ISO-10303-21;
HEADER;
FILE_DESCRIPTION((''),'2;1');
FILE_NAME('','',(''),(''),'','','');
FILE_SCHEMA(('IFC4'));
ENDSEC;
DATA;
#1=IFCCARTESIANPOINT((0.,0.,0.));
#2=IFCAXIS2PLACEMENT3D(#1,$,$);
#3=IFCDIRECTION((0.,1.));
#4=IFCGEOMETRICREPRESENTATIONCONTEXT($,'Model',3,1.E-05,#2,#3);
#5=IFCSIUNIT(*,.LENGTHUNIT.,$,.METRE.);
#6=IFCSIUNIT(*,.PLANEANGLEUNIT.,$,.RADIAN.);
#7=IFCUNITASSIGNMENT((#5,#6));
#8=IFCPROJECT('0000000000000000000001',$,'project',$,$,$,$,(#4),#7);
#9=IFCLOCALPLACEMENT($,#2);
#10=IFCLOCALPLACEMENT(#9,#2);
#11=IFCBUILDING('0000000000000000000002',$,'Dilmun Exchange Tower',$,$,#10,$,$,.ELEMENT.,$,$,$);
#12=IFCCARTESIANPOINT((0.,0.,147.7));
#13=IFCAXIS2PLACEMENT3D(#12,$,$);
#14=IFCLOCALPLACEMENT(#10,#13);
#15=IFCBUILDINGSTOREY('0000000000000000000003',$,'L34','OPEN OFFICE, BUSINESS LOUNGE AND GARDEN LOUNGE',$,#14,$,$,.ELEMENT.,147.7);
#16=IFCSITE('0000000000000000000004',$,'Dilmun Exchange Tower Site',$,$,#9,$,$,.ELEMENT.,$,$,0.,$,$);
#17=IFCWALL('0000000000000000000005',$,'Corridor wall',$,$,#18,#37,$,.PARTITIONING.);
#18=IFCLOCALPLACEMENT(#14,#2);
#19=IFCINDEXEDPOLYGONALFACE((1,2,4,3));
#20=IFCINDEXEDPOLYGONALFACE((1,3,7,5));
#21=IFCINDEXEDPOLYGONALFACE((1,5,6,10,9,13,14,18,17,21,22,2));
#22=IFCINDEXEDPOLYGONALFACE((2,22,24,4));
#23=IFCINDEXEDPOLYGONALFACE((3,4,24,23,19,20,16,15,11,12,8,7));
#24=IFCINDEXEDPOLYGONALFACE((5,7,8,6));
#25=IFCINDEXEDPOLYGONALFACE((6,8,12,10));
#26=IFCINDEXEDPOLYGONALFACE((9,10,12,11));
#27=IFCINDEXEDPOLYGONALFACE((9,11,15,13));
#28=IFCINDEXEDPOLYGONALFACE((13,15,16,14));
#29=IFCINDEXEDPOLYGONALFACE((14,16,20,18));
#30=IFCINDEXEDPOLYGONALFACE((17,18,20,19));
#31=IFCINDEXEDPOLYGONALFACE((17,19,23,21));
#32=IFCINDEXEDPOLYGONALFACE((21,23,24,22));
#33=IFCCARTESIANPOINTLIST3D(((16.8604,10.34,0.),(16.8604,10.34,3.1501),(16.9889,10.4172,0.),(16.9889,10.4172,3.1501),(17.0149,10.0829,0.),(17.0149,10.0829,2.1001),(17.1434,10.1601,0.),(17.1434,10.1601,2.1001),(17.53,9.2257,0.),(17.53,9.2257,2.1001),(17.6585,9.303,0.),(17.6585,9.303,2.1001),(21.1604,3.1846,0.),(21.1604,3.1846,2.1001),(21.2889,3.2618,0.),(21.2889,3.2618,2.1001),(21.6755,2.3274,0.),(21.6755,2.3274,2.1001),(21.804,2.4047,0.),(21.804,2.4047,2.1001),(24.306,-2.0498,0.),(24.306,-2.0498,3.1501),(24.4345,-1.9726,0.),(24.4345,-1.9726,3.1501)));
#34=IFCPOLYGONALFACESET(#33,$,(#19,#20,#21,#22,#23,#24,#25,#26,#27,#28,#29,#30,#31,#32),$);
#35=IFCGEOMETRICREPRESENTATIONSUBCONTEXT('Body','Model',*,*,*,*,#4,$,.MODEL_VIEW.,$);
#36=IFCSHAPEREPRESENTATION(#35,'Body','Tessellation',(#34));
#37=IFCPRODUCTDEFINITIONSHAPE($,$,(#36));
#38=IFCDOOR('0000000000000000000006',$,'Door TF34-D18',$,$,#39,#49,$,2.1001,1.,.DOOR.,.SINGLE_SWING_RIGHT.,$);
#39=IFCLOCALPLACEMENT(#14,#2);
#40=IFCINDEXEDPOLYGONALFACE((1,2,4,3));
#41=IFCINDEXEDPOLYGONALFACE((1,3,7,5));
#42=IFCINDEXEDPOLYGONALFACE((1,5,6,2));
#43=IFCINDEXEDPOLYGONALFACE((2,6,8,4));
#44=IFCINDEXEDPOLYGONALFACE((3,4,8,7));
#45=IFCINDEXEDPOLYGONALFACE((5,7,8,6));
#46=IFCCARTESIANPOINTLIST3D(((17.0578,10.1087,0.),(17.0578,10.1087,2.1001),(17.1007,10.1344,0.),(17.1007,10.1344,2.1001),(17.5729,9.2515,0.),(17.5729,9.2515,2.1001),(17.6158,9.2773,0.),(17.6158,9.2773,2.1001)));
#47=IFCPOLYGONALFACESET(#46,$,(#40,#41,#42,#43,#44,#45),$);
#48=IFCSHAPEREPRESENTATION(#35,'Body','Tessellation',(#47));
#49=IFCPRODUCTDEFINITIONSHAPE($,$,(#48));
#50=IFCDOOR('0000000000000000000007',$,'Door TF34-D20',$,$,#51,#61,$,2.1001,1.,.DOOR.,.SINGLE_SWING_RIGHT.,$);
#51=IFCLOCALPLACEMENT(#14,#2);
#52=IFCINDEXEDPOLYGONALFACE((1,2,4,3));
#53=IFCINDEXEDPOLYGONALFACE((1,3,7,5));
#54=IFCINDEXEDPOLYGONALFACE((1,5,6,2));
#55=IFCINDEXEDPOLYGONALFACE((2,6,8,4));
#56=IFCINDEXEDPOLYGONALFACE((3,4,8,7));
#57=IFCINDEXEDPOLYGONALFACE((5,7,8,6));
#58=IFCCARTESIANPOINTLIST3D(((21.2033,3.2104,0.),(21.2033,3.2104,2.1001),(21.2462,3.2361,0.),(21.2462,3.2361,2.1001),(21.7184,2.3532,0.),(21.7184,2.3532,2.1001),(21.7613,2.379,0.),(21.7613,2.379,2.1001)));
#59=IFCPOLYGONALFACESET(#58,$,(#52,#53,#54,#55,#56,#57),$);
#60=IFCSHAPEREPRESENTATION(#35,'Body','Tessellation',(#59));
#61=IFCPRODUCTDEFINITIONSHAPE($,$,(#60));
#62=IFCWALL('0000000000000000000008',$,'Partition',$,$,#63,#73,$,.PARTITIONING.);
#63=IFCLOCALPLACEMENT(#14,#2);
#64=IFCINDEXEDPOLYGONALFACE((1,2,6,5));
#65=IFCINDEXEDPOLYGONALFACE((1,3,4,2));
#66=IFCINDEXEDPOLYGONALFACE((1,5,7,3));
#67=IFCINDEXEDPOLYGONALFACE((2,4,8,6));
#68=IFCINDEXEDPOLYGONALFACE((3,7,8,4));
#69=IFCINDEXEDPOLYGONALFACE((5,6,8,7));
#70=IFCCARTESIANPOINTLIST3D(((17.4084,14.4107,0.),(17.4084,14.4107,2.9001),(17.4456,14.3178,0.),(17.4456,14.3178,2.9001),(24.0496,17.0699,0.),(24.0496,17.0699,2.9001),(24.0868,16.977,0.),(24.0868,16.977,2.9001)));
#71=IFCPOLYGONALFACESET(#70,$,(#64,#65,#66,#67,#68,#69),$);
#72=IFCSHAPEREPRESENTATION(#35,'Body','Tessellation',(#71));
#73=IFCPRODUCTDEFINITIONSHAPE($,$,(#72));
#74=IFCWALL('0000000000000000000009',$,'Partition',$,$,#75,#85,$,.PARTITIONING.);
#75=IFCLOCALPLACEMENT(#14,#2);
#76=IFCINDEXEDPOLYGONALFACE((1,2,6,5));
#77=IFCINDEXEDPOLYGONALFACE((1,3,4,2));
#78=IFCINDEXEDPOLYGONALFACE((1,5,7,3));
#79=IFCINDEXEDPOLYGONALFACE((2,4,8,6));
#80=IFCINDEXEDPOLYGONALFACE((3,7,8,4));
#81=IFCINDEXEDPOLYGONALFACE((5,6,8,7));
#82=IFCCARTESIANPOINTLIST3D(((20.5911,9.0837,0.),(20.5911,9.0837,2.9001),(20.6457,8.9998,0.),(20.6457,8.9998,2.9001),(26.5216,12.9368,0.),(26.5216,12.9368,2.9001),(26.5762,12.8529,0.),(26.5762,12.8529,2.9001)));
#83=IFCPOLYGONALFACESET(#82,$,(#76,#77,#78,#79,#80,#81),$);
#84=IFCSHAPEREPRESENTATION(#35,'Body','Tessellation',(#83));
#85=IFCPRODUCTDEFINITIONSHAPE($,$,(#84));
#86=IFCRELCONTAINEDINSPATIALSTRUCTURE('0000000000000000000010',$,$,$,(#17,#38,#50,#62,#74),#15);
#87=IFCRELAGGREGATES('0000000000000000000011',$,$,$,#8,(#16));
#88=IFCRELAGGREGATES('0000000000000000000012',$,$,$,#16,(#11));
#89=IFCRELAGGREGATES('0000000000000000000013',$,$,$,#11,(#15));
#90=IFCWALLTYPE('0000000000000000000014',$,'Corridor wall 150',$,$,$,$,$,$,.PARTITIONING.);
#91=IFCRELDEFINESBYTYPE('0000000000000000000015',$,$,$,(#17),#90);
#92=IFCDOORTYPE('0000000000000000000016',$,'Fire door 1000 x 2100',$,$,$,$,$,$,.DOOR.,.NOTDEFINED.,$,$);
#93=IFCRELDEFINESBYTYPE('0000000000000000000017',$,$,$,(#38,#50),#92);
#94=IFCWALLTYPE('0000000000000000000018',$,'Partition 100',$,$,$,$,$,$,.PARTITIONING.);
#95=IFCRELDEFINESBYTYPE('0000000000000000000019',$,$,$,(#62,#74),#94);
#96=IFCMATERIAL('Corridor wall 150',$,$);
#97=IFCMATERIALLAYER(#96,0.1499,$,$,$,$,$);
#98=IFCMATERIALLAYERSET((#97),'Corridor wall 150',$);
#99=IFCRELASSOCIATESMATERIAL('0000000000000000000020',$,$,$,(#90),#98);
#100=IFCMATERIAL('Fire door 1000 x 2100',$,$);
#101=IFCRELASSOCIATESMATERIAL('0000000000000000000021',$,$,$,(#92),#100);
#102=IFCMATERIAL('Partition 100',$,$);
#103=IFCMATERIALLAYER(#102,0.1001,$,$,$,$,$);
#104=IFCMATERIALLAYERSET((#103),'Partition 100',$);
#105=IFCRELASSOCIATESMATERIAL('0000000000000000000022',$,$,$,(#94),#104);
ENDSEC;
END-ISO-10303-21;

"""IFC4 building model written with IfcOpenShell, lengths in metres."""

from ifc_helpers import new_model, si_unit, direction, frame, frame_2d, origin, place, context, subcontext, project, spatial, rectangle, extrude, material, layer, layer_set, type_object, element, fill, save


model = new_model("IFC4")

# Units and contexts
model_context = context("Model", 3, precision=1e-05, world=origin(), true_north=direction((0.0, 1.0)))
body_context = subcontext(model_context, "Body", "Model", "MODEL_VIEW")
ifc_project = project(units=[si_unit("LENGTHUNIT", "METRE"), si_unit("PLANEANGLEUNIT", "RADIAN")], contexts=[model_context])

# Site, building, storey
site_placement = place(None, origin())
site = spatial("IfcSite", under=ifc_project, at=site_placement, Name="Dilmun Exchange Tower Site", CompositionType="ELEMENT", RefElevation=0.0)
building_placement = place(site_placement, origin())
building = spatial("IfcBuilding", under=site, at=building_placement, Name="Dilmun Exchange Tower", CompositionType="ELEMENT")
storey_placement = place(building_placement, frame((0.0, 0.0, 147.7)))
storey = spatial("IfcBuildingStorey", under=building, at=storey_placement, Name="L34", Description="OPEN OFFICE, BUSINESS LOUNGE AND GARDEN LOUNGE", CompositionType="ELEMENT", Elevation=147.7)

# Shared definitions
ifc_material_1 = material(Name="Corridor wall 150")
ifc_layer_1 = layer(ifc_material_1, 0.1499)
ifc_layer_set_1 = layer_set([ifc_layer_1], Name="Corridor wall 150")
wall_type_1 = type_object("IfcWallType", Name="Corridor wall 150", PredefinedType="PARTITIONING", material=ifc_layer_set_1)

# Wall, openings, doors
wall_1_placement = place(storey_placement, frame((16.9246, 10.3787, 0.0), z_axis=(0.0, 0.0, 1.0), x_axis=(0.515094, -0.857134, 0.0)))
wall_1 = element("IfcWall", 1, at=wall_1_placement, inside=storey, type_object=wall_type_1, Name="Corridor wall", PredefinedType="PARTITIONING", context=body_context, shape_type="SweptSolid", body=[
    extrude(rectangle(XDim=14.4548, YDim=0.1499, at=frame_2d((7.2275, 0.0))), origin(), (0.0, 0.0, 1.0), 3.1501),
])
opening_1_placement = place(wall_1_placement, frame((0.3, 0.0, 0.0)))
opening_1 = element("IfcOpeningElement", 2, at=opening_1_placement, cuts=wall_1, PredefinedType="OPENING", context=body_context, shape_type="SweptSolid", body=[
    extrude(rectangle(XDim=1.0, YDim=2.1001, at=frame_2d((0.5, 1.05))), frame((0.0, 0.085, 0.0), z_axis=(0.0, -1.0, 0.0), x_axis=(1.0, 0.0, 0.0)), (0.0, 0.0, 1.0), 0.1699),
])
opening_2_placement = place(wall_1_placement, frame((8.3481, 0.0, 0.0)))
opening_2 = element("IfcOpeningElement", 3, at=opening_2_placement, cuts=wall_1, PredefinedType="OPENING", context=body_context, shape_type="SweptSolid", body=[
    extrude(rectangle(XDim=1.0, YDim=2.1001, at=frame_2d((0.5, 1.05))), frame((0.0, 0.085, 0.0), z_axis=(0.0, -1.0, 0.0), x_axis=(1.0, 0.0, 0.0)), (0.0, 0.0, 1.0), 0.1699),
])
ifc_material_2 = material(Name="Fire door 1000 x 2100")
door_type = type_object("IfcDoorType", Name="Fire door 1000 x 2100", OperationType="NOTDEFINED", PredefinedType="DOOR", material=ifc_material_2)
door_1_placement = place(opening_1_placement, frame((1.0, 0.0, 0.0), z_axis=(0.0, 0.0, 1.0), x_axis=(-1.0, 0.0, 0.0)))
door_1 = element("IfcDoor", 4, at=door_1_placement, inside=storey, type_object=door_type, Name="Door TF34-D18", OperationType="SINGLE_SWING_RIGHT", OverallHeight=2.1001, OverallWidth=1.0, PredefinedType="DOOR", context=body_context, shape_type="SweptSolid", body=[
    extrude(rectangle(XDim=1.0, YDim=2.1001, at=frame_2d((0.5, 1.05))), frame((0.0, 0.0249, 0.0), z_axis=(0.0, -1.0, 0.0), x_axis=(1.0, 0.0, 0.0)), (0.0, 0.0, 1.0), 0.05),
])
fill(opening_1, door_1)
door_2_placement = place(opening_2_placement, frame((1.0, 0.0, 0.0), z_axis=(0.0, 0.0, 1.0), x_axis=(-1.0, 0.0, 0.0)))
door_2 = element("IfcDoor", 5, at=door_2_placement, inside=storey, type_object=door_type, Name="Door TF34-D20", OperationType="SINGLE_SWING_RIGHT", OverallHeight=2.1001, OverallWidth=1.0, PredefinedType="DOOR", context=body_context, shape_type="SweptSolid", body=[
    extrude(rectangle(XDim=1.0, YDim=2.1001, at=frame_2d((0.5, 1.05))), frame((0.0, 0.0249, 0.0), z_axis=(0.0, -1.0, 0.0), x_axis=(1.0, 0.0, 0.0)), (0.0, 0.0, 1.0), 0.05),
])
fill(opening_2, door_2)

# Walls
ifc_material_3 = material(Name="Partition 100")
ifc_layer_2 = layer(ifc_material_3, 0.1001)
ifc_layer_set_2 = layer_set([ifc_layer_2], Name="Partition 100")
wall_type_2 = type_object("IfcWallType", Name="Partition 100", PredefinedType="PARTITIONING", material=ifc_layer_set_2)
wall_2_placement = place(storey_placement, frame((17.427, 14.3643, 0.0), z_axis=(0.0, 0.0, 1.0), x_axis=(0.928345, 0.37172, 0.0)))
element("IfcWall", 6, at=wall_2_placement, inside=storey, type_object=wall_type_2, Name="Partition", PredefinedType="PARTITIONING", context=body_context, shape_type="SweptSolid", body=[
    extrude(rectangle(XDim=7.1538, YDim=0.1001, at=frame_2d((3.5769, 0.0))), origin(), (0.0, 0.0, 1.0), 2.9001),
])
wall_3_placement = place(storey_placement, frame((20.6184, 9.0417, 0.0), z_axis=(0.0, 0.0, 1.0), x_axis=(0.838556, 0.544815, 0.0)))
element("IfcWall", 7, at=wall_3_placement, inside=storey, type_object=wall_type_2, Name="Partition", PredefinedType="PARTITIONING", context=body_context, shape_type="SweptSolid", body=[
    extrude(rectangle(XDim=7.0723, YDim=0.1001, at=frame_2d((3.5361, 0.0))), origin(), (0.0, 0.0, 1.0), 2.9001),
])

save(model, "model.ifc")
